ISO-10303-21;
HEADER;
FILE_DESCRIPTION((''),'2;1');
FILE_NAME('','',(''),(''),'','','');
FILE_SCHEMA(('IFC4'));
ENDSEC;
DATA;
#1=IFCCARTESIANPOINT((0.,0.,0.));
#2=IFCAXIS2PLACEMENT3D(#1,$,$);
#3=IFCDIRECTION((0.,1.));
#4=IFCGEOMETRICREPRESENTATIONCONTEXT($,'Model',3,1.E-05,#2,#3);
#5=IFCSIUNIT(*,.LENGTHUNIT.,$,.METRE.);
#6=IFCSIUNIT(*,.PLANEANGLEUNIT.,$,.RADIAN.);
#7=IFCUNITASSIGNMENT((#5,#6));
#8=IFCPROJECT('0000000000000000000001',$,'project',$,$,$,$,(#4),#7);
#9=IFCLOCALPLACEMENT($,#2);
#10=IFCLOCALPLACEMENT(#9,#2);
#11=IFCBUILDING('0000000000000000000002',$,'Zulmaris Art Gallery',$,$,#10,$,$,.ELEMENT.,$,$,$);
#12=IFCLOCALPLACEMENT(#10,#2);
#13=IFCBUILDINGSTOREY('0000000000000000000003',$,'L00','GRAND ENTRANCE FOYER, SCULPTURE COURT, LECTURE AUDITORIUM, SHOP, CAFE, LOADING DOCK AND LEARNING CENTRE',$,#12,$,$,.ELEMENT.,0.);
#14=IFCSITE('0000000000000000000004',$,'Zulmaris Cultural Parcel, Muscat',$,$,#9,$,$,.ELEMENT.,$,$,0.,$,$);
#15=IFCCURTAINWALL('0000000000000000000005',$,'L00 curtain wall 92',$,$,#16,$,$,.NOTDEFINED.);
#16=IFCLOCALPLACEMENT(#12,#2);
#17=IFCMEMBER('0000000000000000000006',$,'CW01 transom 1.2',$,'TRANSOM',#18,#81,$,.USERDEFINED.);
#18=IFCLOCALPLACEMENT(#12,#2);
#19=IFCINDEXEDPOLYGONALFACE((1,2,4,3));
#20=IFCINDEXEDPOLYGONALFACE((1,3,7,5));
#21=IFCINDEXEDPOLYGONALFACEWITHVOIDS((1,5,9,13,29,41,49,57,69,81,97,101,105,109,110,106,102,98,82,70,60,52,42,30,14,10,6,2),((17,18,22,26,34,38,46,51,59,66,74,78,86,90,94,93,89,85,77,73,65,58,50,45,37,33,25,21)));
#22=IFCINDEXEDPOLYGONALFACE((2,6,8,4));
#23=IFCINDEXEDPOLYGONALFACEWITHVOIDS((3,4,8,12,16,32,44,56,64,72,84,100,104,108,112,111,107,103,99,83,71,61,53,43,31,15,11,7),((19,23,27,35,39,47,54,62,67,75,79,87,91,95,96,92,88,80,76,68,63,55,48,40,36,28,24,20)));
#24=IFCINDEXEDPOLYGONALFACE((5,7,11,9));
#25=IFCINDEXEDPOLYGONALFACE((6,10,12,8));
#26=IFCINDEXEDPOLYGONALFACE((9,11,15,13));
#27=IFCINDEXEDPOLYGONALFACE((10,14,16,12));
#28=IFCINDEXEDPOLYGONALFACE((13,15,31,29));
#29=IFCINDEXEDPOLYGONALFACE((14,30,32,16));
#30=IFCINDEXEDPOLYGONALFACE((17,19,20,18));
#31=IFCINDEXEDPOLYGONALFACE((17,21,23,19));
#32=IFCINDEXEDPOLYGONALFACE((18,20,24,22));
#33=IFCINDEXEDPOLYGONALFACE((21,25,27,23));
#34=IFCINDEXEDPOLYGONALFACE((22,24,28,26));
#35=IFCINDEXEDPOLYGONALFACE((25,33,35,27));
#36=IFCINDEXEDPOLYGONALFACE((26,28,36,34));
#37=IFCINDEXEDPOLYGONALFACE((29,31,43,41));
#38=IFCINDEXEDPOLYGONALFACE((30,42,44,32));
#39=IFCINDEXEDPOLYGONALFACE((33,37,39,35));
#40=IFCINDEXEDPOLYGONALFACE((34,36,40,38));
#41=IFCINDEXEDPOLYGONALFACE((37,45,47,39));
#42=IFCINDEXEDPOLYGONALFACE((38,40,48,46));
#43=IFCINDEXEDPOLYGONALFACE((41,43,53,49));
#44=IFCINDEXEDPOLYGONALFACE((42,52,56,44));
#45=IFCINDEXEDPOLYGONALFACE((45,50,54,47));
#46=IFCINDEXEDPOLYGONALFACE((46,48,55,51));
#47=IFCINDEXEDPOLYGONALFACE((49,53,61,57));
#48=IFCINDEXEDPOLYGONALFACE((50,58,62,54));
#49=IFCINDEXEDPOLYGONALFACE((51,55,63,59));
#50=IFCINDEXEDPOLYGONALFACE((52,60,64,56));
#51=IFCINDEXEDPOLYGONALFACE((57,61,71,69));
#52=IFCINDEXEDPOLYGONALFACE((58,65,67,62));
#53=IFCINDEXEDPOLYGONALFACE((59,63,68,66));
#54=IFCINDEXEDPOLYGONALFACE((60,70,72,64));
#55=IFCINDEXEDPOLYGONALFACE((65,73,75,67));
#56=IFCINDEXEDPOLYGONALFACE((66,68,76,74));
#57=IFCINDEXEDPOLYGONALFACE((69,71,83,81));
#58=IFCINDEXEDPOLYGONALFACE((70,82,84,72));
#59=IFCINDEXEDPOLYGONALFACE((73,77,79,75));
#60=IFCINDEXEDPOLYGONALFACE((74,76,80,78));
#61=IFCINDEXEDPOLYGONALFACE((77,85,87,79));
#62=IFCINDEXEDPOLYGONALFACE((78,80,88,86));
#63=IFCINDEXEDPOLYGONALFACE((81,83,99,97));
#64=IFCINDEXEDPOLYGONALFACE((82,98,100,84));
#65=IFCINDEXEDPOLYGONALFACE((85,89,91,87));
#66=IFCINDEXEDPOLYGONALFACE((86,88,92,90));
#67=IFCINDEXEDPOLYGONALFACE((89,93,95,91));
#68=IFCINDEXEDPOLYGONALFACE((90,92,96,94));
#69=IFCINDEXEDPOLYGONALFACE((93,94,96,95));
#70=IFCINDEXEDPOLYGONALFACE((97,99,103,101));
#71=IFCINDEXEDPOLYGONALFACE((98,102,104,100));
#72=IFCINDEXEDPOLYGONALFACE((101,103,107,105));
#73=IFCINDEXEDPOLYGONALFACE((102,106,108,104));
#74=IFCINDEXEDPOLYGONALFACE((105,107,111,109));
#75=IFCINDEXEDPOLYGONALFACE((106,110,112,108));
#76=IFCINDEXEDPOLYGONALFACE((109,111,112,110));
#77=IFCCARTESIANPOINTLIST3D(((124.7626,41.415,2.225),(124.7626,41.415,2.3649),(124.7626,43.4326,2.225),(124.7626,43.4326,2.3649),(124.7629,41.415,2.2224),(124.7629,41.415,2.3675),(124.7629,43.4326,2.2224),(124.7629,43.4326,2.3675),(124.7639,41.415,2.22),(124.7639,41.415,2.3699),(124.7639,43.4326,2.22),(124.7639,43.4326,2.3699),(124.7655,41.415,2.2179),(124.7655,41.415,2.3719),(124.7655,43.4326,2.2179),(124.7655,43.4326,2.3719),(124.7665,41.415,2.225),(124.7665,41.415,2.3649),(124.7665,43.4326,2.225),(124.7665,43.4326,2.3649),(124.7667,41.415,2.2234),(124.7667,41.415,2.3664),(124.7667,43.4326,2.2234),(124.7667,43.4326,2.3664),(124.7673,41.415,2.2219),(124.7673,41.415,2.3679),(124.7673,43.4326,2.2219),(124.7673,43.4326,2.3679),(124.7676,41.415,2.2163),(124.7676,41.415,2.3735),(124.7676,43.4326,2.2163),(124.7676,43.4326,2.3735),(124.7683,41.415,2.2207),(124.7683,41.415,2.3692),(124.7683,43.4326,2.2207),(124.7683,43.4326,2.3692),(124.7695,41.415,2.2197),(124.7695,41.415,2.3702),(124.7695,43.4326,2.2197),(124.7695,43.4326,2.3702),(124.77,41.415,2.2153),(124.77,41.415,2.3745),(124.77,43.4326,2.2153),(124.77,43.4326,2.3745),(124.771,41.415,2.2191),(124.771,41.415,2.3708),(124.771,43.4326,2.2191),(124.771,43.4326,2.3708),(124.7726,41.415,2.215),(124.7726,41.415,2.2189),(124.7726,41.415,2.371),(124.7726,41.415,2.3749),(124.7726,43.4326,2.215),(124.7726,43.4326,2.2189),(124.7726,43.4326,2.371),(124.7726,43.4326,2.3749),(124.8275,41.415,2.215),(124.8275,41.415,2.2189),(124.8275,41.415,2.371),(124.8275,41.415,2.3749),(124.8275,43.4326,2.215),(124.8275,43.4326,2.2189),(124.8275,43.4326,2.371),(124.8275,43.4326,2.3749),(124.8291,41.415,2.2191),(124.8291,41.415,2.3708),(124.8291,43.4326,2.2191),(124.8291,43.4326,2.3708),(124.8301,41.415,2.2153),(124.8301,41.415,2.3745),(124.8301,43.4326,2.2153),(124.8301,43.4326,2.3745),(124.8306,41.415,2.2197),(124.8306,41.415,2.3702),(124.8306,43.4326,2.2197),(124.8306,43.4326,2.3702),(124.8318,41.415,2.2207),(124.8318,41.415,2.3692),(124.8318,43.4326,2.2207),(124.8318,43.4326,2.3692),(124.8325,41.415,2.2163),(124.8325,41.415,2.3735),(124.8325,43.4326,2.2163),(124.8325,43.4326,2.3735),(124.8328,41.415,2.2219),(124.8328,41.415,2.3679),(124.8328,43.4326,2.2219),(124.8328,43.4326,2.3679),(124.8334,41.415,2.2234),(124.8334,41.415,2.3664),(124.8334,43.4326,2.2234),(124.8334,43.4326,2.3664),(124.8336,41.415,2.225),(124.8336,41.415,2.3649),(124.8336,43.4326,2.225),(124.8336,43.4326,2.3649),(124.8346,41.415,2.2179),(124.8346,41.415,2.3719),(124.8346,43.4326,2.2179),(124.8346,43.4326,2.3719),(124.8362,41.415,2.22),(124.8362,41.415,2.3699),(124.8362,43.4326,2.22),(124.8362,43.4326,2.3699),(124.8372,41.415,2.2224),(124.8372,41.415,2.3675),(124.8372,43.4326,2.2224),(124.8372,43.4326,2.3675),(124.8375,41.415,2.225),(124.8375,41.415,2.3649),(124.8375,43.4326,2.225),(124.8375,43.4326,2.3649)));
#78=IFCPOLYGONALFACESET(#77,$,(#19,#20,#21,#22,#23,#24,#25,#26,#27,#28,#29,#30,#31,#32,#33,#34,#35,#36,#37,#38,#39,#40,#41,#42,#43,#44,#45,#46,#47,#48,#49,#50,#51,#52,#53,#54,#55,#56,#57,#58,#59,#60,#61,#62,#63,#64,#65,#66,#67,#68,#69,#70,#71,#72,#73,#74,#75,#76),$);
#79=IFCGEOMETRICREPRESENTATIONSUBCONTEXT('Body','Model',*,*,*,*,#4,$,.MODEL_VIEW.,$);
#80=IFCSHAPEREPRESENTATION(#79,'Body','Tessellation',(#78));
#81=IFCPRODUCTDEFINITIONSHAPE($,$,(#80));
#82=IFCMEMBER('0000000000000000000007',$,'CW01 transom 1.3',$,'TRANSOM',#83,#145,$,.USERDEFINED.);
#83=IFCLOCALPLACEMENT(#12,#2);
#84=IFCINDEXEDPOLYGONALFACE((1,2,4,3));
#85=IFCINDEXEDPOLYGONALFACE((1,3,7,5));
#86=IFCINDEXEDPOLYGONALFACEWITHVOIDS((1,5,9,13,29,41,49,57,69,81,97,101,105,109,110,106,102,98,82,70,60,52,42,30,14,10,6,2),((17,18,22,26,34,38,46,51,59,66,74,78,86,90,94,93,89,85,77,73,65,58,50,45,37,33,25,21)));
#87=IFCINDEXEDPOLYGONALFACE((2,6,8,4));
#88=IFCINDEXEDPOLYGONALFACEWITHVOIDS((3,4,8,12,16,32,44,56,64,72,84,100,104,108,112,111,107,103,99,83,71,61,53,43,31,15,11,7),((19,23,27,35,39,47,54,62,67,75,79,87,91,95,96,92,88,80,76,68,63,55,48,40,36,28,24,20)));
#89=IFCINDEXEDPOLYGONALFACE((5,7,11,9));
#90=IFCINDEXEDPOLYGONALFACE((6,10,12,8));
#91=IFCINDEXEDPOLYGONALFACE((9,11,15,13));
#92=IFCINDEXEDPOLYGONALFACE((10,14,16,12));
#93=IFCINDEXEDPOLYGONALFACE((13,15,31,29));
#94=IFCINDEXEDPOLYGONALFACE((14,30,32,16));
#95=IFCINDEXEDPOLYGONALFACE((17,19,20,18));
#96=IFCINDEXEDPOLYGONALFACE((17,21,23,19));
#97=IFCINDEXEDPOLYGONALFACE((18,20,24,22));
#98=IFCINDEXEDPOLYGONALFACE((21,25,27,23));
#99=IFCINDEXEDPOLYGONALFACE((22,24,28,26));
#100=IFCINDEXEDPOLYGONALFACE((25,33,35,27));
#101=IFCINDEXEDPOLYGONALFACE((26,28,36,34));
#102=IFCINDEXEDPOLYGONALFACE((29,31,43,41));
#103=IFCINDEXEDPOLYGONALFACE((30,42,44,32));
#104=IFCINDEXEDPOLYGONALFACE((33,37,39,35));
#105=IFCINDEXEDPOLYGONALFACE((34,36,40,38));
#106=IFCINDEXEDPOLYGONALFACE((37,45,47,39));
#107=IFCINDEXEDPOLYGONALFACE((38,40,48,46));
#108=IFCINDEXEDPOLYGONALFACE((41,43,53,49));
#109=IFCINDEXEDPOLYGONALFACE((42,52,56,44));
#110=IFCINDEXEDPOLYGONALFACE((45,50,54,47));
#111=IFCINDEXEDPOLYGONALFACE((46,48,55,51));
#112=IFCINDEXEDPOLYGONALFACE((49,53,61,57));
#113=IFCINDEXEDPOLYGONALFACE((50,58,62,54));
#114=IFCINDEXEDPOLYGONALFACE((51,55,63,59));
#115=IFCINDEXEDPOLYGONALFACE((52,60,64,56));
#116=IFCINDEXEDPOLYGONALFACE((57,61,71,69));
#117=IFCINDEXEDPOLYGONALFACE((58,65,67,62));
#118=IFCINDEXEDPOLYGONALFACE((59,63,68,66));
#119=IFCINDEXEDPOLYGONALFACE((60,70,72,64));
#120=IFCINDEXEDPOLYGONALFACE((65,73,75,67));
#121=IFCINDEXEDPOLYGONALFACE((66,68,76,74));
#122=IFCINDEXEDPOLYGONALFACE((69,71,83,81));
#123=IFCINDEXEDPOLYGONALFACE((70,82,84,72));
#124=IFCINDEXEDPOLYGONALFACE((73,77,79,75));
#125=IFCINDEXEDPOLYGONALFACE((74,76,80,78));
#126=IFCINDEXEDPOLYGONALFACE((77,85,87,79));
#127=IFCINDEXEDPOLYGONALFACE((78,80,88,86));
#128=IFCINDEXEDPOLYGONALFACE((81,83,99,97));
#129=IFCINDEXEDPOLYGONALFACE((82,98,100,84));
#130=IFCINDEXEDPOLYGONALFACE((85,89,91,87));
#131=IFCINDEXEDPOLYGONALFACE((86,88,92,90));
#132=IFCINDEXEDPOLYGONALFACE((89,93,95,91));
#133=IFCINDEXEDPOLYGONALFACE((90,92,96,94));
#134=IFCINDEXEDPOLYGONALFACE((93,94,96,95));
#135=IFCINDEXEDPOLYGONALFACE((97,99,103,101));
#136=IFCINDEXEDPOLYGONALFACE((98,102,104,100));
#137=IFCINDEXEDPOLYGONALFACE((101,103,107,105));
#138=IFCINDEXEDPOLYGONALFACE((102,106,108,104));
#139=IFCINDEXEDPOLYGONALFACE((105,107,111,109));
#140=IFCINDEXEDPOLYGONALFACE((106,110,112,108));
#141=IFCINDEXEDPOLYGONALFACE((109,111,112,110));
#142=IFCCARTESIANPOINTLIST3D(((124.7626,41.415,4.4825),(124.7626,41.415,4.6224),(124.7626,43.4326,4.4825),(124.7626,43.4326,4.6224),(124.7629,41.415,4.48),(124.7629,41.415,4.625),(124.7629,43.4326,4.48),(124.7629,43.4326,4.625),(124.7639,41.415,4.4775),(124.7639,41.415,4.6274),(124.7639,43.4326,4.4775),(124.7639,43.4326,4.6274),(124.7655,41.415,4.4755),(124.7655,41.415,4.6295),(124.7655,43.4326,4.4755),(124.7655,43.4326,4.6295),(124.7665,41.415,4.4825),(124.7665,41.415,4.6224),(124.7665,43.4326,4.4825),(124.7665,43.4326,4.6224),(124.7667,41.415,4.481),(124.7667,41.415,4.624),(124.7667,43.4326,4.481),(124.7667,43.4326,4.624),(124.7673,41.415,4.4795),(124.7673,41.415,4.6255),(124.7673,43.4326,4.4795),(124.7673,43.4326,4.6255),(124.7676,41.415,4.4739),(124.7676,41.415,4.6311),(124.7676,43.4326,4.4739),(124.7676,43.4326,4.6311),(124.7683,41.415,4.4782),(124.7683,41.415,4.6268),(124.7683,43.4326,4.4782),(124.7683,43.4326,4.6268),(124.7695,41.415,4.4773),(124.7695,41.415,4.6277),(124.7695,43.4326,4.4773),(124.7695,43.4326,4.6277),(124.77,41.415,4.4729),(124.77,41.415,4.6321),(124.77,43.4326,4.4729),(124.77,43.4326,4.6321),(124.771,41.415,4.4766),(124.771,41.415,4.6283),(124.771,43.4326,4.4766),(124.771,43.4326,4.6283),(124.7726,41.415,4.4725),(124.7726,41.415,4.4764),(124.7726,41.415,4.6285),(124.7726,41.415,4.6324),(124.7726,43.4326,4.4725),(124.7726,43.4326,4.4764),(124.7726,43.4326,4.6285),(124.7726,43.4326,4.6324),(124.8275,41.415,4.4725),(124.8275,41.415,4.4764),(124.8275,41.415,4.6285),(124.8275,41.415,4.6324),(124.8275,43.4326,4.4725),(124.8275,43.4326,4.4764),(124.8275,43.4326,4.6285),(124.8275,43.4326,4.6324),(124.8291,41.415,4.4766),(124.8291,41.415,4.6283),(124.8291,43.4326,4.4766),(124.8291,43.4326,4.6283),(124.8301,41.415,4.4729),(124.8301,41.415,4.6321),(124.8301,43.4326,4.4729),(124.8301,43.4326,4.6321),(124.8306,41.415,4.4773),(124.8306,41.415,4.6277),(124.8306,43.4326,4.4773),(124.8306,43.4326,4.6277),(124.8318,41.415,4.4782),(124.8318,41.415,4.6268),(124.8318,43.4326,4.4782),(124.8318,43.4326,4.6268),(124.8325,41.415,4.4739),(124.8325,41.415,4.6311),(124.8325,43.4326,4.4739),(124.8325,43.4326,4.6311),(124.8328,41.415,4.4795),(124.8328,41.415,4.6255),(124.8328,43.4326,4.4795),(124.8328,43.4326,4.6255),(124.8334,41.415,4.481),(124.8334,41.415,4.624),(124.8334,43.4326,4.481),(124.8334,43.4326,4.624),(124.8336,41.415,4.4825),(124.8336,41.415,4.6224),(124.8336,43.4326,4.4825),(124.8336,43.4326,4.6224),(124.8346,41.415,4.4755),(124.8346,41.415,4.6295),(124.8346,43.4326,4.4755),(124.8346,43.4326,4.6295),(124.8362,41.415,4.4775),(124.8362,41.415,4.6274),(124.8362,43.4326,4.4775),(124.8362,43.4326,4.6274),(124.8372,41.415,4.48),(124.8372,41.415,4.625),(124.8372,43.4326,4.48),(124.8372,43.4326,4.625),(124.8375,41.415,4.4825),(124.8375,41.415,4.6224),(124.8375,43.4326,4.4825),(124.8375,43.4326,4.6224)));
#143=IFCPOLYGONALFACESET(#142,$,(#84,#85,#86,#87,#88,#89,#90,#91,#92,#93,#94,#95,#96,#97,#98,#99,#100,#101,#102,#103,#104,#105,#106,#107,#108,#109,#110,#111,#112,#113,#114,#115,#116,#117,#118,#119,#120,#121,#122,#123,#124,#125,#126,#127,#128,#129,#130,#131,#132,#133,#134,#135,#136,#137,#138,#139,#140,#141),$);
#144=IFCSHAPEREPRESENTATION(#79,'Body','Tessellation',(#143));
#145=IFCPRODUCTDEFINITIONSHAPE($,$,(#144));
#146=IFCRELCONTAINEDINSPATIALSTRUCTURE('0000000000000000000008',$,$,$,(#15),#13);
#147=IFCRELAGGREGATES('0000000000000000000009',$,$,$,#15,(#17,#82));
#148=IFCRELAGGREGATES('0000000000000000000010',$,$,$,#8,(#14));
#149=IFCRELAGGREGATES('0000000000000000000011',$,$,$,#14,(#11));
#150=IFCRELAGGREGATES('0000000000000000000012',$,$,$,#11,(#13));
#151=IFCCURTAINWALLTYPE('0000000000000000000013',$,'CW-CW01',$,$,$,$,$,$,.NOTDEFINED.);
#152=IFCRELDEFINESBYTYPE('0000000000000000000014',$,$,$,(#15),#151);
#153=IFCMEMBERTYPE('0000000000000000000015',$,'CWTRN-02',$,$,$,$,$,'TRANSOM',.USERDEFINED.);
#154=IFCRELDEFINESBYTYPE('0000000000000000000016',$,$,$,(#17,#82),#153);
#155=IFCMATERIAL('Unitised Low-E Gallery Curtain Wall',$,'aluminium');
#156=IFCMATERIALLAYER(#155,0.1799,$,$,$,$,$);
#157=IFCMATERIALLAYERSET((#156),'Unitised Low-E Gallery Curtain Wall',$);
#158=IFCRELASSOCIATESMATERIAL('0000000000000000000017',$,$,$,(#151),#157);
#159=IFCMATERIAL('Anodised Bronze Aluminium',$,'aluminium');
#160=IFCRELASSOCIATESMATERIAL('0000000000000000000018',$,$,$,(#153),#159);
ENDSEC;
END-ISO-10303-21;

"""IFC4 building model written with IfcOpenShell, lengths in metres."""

from ifc_helpers import new_model, si_unit, direction, frame, origin, origin_2d, place, context, subcontext, project, spatial, hollow_rectangle, extrude, material, layer, layer_set, material_profile, profile_set, type_object, element, aggregate, save


model = new_model("IFC4")

# Units and contexts
model_context = context("Model", 3, precision=1e-05, world=origin(), true_north=direction((0.0, 1.0)))
body_context = subcontext(model_context, "Body", "Model", "MODEL_VIEW")
ifc_project = project(units=[si_unit("LENGTHUNIT", "METRE"), si_unit("PLANEANGLEUNIT", "RADIAN")], contexts=[model_context])

# Site, building, storey
site_placement = place(None, origin())
site = spatial("IfcSite", under=ifc_project, at=site_placement, Name="Zulmaris Cultural Parcel, Muscat", CompositionType="ELEMENT", RefElevation=0.0)
building_placement = place(site_placement, origin())
building = spatial("IfcBuilding", under=site, at=building_placement, Name="Zulmaris Art Gallery", CompositionType="ELEMENT")
storey_placement = place(building_placement, origin())
storey = spatial("IfcBuildingStorey", under=building, at=storey_placement, Name="L00", Description="GRAND ENTRANCE FOYER, SCULPTURE COURT, LECTURE AUDITORIUM, SHOP, CAFE, LOADING DOCK AND LEARNING CENTRE", CompositionType="ELEMENT", Elevation=0.0)

# Curtain wall
ifc_material_1 = material(Name="Unitised Low-E Gallery Curtain Wall", Category="aluminium")
ifc_layer_1 = layer(ifc_material_1, 0.1799)
ifc_layer_set_1 = layer_set([ifc_layer_1], Name="Unitised Low-E Gallery Curtain Wall")
curtain_wall_type = type_object("IfcCurtainWallType", Name="CW-CW01", PredefinedType="NOTDEFINED", material=ifc_layer_set_1)
curtain_wall_1_placement = place(storey_placement, origin())
curtain_wall_1 = element("IfcCurtainWall", 1, at=curtain_wall_1_placement, inside=storey, type_object=curtain_wall_type, Name="L00 curtain wall 92", PredefinedType="NOTDEFINED")
ifc_material_2 = material(Name="Anodised Bronze Aluminium", Category="aluminium")

# Members
ifc_material_profile_1 = material_profile(ifc_material_2, hollow_rectangle(XDim=0.075, YDim=0.1599, WallThickness=0.0039, InnerFilletRadius=0.0061, OuterFilletRadius=0.01, at=origin_2d()), Name="ALU 75x160x4")
ifc_profile_set_1 = profile_set([ifc_material_profile_1], Name="Anodised Bronze Aluminium")
member_type_1 = type_object("IfcMemberType", Name="CWTRN-02", ElementType="TRANSOM", PredefinedType="USERDEFINED", material=ifc_profile_set_1)
member_1_placement = place(storey_placement, frame((124.8, 41.415, 2.2949), z_axis=(0.0, 1.0, 0.0), x_axis=(-1.0, 0.0, 0.0)))
member_1 = element("IfcMember", 2, at=member_1_placement, type_object=member_type_1, Name="CW01 transom 1.2", ObjectType="TRANSOM", PredefinedType="USERDEFINED", context=body_context, shape_type="SweptSolid", body=[
    extrude(hollow_rectangle(XDim=0.075, YDim=0.1599, WallThickness=0.0039, InnerFilletRadius=0.0061, OuterFilletRadius=0.01, at=origin_2d()), origin(), (0.0, 0.0, 1.0), 2.0176),
])
member_2_placement = place(storey_placement, frame((124.8, 41.415, 4.5525), z_axis=(0.0, 1.0, 0.0), x_axis=(-1.0, 0.0, 0.0)))
member_2 = element("IfcMember", 3, at=member_2_placement, type_object=member_type_1, Name="CW01 transom 1.3", ObjectType="TRANSOM", PredefinedType="USERDEFINED", context=body_context, shape_type="SweptSolid", body=[
    extrude(hollow_rectangle(XDim=0.075, YDim=0.1599, WallThickness=0.0039, InnerFilletRadius=0.0061, OuterFilletRadius=0.01, at=origin_2d()), origin(), (0.0, 0.0, 1.0), 2.0176),
])

aggregate(curtain_wall_1, [member_1, member_2])

save(model, "model.ifc")
